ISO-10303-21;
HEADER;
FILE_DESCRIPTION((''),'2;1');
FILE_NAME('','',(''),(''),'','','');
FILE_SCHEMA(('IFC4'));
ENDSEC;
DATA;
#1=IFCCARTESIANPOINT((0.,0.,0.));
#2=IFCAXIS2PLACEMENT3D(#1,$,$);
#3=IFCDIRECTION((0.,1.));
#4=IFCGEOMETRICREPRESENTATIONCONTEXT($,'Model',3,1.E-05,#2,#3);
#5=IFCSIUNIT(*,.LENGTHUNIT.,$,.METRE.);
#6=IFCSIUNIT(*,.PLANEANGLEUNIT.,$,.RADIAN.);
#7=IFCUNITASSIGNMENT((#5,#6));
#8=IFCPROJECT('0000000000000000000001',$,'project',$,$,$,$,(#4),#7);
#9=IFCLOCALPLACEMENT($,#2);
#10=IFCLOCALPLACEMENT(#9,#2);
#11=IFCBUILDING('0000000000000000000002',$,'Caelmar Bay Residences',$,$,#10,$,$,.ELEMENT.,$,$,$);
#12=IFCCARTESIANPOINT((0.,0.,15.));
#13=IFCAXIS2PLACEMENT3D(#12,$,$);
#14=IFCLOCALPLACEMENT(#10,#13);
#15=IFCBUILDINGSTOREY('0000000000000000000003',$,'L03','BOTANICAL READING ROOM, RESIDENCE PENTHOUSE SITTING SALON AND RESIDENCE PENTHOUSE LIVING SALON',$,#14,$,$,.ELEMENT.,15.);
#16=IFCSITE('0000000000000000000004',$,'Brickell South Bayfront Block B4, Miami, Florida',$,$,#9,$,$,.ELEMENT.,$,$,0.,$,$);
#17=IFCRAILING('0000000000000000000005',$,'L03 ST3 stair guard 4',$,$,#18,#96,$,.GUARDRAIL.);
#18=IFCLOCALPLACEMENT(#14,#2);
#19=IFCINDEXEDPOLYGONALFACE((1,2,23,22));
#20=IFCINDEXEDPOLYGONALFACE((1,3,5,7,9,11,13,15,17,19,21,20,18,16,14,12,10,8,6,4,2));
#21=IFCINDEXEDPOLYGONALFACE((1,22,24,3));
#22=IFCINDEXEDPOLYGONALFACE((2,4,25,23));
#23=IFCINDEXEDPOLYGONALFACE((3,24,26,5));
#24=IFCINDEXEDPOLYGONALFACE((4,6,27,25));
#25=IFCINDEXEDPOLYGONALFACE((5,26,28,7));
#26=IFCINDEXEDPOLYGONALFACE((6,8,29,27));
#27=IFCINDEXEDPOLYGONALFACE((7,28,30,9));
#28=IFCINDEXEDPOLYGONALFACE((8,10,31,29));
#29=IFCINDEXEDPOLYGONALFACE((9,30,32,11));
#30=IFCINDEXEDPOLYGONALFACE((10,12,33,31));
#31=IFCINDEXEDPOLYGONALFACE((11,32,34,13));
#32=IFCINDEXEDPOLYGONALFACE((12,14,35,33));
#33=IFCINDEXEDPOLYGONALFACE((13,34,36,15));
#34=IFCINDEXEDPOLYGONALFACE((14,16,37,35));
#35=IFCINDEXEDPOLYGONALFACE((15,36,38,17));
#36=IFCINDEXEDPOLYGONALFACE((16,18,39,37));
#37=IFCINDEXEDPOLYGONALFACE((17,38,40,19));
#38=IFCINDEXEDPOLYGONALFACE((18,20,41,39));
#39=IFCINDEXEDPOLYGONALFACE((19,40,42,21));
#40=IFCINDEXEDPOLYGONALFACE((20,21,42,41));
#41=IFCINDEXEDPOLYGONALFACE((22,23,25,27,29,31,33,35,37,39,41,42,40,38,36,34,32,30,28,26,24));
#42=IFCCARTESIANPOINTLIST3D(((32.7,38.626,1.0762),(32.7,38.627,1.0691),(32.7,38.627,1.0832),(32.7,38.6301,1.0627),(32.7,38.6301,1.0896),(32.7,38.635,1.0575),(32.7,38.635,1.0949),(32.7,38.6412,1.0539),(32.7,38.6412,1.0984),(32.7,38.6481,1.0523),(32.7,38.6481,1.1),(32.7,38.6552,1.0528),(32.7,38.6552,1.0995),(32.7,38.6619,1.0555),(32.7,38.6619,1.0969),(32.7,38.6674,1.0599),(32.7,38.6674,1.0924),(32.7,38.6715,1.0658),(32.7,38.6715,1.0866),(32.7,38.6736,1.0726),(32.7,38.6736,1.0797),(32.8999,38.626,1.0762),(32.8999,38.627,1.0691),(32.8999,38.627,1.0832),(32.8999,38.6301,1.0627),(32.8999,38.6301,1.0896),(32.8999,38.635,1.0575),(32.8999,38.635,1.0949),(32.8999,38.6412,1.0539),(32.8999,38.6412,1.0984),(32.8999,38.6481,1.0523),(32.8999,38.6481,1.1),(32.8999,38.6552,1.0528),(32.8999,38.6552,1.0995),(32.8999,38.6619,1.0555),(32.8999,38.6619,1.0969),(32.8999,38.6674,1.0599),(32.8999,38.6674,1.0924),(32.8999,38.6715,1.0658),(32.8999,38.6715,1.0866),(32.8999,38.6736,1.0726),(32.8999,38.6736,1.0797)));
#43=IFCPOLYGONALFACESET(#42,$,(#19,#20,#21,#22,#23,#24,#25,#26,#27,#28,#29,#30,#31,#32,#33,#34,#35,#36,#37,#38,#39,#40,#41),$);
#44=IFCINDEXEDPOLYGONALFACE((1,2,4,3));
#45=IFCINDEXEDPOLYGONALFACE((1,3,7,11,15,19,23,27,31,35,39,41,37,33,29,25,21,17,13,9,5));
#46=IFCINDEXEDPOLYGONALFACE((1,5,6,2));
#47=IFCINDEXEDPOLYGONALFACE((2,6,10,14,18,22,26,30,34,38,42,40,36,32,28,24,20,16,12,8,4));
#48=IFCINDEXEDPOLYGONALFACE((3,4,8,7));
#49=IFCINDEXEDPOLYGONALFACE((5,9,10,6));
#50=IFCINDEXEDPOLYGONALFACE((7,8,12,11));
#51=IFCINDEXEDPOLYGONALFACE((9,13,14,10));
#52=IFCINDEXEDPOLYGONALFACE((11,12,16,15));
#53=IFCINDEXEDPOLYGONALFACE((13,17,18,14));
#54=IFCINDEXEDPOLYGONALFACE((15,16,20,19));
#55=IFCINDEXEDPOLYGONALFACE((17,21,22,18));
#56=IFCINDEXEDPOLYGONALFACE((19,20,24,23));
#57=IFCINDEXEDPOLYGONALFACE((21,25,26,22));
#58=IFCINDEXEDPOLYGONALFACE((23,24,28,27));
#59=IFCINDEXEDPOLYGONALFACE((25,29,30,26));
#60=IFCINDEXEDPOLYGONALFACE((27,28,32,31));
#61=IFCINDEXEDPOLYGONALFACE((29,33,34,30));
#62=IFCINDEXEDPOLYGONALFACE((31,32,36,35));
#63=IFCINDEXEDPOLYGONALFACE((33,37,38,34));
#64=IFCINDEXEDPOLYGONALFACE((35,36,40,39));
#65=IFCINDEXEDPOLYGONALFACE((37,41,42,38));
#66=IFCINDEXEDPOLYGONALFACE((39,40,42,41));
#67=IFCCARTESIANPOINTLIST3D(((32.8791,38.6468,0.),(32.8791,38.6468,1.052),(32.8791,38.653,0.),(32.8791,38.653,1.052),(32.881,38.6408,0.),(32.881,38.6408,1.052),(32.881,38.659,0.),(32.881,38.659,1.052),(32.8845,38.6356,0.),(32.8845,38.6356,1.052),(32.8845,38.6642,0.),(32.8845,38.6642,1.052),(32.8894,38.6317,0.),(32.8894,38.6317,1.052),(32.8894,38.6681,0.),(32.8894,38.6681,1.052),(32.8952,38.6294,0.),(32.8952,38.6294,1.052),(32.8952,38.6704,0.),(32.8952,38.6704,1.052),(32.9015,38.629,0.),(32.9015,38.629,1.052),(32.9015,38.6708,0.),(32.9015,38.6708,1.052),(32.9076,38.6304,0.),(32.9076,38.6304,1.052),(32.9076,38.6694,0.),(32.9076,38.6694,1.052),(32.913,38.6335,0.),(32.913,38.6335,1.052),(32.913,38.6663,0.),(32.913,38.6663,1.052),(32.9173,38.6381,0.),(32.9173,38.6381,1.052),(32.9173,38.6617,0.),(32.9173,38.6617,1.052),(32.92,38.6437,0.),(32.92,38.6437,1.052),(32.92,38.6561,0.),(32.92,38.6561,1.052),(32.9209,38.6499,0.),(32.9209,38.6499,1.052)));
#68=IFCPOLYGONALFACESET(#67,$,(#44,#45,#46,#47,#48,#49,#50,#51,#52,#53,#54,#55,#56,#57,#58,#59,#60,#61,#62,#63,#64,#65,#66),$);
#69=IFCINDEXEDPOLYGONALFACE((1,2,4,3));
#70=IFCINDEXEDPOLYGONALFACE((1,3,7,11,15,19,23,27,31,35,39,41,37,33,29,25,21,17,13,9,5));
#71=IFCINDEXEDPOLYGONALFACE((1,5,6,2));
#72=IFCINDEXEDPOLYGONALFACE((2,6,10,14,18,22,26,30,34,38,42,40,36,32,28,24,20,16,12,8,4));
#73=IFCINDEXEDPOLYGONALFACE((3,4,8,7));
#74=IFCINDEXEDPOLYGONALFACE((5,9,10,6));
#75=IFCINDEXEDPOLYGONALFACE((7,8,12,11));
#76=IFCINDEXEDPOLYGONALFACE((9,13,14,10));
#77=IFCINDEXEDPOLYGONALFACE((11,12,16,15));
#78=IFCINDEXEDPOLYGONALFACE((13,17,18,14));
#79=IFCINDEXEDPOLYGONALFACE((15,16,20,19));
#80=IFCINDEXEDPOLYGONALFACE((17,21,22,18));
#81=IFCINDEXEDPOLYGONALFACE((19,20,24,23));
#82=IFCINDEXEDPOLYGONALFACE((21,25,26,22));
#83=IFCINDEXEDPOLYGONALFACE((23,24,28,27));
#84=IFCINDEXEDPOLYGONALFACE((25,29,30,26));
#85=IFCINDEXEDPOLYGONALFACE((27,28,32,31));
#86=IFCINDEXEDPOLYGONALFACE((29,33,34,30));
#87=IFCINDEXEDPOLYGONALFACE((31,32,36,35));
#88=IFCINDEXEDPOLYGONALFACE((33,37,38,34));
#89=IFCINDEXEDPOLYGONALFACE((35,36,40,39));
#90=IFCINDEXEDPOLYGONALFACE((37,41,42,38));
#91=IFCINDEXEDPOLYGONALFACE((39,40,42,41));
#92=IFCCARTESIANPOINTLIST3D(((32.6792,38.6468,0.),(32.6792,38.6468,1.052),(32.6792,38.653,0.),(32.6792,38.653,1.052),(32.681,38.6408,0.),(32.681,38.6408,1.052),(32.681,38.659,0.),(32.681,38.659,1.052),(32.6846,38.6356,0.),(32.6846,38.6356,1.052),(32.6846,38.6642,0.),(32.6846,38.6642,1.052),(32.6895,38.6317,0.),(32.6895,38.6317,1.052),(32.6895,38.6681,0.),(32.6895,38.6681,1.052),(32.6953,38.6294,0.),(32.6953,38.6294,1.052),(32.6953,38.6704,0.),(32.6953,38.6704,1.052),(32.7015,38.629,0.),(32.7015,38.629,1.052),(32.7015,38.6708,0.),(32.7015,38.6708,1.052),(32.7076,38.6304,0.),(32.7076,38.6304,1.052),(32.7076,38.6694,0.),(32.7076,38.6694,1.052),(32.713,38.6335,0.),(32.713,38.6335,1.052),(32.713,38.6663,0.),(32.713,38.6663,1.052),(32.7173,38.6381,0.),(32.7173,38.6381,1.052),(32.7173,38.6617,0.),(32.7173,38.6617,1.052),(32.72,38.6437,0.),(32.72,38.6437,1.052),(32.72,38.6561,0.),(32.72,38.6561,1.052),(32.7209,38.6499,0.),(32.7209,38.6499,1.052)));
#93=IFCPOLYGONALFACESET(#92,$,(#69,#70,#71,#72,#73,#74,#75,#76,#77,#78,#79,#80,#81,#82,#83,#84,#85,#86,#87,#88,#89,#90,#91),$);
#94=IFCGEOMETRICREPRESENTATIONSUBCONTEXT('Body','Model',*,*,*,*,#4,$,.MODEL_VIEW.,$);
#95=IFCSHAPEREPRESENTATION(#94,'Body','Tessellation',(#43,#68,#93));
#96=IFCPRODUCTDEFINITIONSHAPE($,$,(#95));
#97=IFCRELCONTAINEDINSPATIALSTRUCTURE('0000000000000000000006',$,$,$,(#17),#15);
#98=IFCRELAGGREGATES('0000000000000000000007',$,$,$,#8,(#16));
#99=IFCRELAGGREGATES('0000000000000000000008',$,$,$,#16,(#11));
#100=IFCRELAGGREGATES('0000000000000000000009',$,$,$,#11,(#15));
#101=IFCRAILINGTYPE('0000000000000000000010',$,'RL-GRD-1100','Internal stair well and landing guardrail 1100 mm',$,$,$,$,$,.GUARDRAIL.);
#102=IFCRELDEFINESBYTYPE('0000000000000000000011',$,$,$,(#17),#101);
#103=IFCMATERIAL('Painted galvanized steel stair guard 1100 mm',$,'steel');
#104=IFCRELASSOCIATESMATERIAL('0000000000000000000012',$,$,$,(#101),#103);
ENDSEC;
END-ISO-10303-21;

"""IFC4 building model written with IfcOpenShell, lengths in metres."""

from ifc_helpers import new_model, si_unit, direction, frame, origin, origin_2d, place, context, subcontext, project, spatial, circle, extrude, material, type_object, element, save


model = new_model("IFC4")

# Units and contexts
model_context = context("Model", 3, precision=1e-05, world=origin(), true_north=direction((0.0, 1.0)))
body_context = subcontext(model_context, "Body", "Model", "MODEL_VIEW")
ifc_project = project(units=[si_unit("LENGTHUNIT", "METRE"), si_unit("PLANEANGLEUNIT", "RADIAN")], contexts=[model_context])

# Site, building, storey
site_placement = place(None, origin())
site = spatial("IfcSite", under=ifc_project, at=site_placement, Name="Brickell South Bayfront Block B4, Miami, Florida", CompositionType="ELEMENT", RefElevation=0.0)
building_placement = place(site_placement, origin())
building = spatial("IfcBuilding", under=site, at=building_placement, Name="Caelmar Bay Residences", CompositionType="ELEMENT")
storey_placement = place(building_placement, frame((0.0, 0.0, 15.0)))
storey = spatial("IfcBuildingStorey", under=building, at=storey_placement, Name="L03", Description="BOTANICAL READING ROOM, RESIDENCE PENTHOUSE SITTING SALON AND RESIDENCE PENTHOUSE LIVING SALON", CompositionType="ELEMENT", Elevation=15.0)

# Railing
ifc_material_1 = material(Name="Painted galvanized steel stair guard 1100 mm", Category="steel")
railing_type_1 = type_object("IfcRailingType", Name="RL-GRD-1100", Description="Internal stair well and landing guardrail 1100 mm", PredefinedType="GUARDRAIL", material=ifc_material_1)
railing_1_placement = place(storey_placement, frame((32.8999, 38.6499, 0.0)))
element("IfcRailing", 1, at=railing_1_placement, inside=storey, type_object=railing_type_1, Name="L03 ST3 stair guard 4", PredefinedType="GUARDRAIL", context=body_context, shape_type="SweptSolid", body=[
    extrude(circle(Radius=0.0239, at=origin_2d()), frame((0.0, 0.0, 1.0762), z_axis=(-1.0, 0.0, 0.0), x_axis=(0.0, -1.0, 0.0)), (0.0, 0.0, 1.0), 0.2),
    extrude(circle(Radius=0.021, at=origin_2d()), origin(), (0.0, 0.0, 1.0), 1.052),
    extrude(circle(Radius=0.021, at=origin_2d()), frame((-0.2, 0.0, 0.0)), (0.0, 0.0, 1.0), 1.052),
])

save(model, "model.ifc")
